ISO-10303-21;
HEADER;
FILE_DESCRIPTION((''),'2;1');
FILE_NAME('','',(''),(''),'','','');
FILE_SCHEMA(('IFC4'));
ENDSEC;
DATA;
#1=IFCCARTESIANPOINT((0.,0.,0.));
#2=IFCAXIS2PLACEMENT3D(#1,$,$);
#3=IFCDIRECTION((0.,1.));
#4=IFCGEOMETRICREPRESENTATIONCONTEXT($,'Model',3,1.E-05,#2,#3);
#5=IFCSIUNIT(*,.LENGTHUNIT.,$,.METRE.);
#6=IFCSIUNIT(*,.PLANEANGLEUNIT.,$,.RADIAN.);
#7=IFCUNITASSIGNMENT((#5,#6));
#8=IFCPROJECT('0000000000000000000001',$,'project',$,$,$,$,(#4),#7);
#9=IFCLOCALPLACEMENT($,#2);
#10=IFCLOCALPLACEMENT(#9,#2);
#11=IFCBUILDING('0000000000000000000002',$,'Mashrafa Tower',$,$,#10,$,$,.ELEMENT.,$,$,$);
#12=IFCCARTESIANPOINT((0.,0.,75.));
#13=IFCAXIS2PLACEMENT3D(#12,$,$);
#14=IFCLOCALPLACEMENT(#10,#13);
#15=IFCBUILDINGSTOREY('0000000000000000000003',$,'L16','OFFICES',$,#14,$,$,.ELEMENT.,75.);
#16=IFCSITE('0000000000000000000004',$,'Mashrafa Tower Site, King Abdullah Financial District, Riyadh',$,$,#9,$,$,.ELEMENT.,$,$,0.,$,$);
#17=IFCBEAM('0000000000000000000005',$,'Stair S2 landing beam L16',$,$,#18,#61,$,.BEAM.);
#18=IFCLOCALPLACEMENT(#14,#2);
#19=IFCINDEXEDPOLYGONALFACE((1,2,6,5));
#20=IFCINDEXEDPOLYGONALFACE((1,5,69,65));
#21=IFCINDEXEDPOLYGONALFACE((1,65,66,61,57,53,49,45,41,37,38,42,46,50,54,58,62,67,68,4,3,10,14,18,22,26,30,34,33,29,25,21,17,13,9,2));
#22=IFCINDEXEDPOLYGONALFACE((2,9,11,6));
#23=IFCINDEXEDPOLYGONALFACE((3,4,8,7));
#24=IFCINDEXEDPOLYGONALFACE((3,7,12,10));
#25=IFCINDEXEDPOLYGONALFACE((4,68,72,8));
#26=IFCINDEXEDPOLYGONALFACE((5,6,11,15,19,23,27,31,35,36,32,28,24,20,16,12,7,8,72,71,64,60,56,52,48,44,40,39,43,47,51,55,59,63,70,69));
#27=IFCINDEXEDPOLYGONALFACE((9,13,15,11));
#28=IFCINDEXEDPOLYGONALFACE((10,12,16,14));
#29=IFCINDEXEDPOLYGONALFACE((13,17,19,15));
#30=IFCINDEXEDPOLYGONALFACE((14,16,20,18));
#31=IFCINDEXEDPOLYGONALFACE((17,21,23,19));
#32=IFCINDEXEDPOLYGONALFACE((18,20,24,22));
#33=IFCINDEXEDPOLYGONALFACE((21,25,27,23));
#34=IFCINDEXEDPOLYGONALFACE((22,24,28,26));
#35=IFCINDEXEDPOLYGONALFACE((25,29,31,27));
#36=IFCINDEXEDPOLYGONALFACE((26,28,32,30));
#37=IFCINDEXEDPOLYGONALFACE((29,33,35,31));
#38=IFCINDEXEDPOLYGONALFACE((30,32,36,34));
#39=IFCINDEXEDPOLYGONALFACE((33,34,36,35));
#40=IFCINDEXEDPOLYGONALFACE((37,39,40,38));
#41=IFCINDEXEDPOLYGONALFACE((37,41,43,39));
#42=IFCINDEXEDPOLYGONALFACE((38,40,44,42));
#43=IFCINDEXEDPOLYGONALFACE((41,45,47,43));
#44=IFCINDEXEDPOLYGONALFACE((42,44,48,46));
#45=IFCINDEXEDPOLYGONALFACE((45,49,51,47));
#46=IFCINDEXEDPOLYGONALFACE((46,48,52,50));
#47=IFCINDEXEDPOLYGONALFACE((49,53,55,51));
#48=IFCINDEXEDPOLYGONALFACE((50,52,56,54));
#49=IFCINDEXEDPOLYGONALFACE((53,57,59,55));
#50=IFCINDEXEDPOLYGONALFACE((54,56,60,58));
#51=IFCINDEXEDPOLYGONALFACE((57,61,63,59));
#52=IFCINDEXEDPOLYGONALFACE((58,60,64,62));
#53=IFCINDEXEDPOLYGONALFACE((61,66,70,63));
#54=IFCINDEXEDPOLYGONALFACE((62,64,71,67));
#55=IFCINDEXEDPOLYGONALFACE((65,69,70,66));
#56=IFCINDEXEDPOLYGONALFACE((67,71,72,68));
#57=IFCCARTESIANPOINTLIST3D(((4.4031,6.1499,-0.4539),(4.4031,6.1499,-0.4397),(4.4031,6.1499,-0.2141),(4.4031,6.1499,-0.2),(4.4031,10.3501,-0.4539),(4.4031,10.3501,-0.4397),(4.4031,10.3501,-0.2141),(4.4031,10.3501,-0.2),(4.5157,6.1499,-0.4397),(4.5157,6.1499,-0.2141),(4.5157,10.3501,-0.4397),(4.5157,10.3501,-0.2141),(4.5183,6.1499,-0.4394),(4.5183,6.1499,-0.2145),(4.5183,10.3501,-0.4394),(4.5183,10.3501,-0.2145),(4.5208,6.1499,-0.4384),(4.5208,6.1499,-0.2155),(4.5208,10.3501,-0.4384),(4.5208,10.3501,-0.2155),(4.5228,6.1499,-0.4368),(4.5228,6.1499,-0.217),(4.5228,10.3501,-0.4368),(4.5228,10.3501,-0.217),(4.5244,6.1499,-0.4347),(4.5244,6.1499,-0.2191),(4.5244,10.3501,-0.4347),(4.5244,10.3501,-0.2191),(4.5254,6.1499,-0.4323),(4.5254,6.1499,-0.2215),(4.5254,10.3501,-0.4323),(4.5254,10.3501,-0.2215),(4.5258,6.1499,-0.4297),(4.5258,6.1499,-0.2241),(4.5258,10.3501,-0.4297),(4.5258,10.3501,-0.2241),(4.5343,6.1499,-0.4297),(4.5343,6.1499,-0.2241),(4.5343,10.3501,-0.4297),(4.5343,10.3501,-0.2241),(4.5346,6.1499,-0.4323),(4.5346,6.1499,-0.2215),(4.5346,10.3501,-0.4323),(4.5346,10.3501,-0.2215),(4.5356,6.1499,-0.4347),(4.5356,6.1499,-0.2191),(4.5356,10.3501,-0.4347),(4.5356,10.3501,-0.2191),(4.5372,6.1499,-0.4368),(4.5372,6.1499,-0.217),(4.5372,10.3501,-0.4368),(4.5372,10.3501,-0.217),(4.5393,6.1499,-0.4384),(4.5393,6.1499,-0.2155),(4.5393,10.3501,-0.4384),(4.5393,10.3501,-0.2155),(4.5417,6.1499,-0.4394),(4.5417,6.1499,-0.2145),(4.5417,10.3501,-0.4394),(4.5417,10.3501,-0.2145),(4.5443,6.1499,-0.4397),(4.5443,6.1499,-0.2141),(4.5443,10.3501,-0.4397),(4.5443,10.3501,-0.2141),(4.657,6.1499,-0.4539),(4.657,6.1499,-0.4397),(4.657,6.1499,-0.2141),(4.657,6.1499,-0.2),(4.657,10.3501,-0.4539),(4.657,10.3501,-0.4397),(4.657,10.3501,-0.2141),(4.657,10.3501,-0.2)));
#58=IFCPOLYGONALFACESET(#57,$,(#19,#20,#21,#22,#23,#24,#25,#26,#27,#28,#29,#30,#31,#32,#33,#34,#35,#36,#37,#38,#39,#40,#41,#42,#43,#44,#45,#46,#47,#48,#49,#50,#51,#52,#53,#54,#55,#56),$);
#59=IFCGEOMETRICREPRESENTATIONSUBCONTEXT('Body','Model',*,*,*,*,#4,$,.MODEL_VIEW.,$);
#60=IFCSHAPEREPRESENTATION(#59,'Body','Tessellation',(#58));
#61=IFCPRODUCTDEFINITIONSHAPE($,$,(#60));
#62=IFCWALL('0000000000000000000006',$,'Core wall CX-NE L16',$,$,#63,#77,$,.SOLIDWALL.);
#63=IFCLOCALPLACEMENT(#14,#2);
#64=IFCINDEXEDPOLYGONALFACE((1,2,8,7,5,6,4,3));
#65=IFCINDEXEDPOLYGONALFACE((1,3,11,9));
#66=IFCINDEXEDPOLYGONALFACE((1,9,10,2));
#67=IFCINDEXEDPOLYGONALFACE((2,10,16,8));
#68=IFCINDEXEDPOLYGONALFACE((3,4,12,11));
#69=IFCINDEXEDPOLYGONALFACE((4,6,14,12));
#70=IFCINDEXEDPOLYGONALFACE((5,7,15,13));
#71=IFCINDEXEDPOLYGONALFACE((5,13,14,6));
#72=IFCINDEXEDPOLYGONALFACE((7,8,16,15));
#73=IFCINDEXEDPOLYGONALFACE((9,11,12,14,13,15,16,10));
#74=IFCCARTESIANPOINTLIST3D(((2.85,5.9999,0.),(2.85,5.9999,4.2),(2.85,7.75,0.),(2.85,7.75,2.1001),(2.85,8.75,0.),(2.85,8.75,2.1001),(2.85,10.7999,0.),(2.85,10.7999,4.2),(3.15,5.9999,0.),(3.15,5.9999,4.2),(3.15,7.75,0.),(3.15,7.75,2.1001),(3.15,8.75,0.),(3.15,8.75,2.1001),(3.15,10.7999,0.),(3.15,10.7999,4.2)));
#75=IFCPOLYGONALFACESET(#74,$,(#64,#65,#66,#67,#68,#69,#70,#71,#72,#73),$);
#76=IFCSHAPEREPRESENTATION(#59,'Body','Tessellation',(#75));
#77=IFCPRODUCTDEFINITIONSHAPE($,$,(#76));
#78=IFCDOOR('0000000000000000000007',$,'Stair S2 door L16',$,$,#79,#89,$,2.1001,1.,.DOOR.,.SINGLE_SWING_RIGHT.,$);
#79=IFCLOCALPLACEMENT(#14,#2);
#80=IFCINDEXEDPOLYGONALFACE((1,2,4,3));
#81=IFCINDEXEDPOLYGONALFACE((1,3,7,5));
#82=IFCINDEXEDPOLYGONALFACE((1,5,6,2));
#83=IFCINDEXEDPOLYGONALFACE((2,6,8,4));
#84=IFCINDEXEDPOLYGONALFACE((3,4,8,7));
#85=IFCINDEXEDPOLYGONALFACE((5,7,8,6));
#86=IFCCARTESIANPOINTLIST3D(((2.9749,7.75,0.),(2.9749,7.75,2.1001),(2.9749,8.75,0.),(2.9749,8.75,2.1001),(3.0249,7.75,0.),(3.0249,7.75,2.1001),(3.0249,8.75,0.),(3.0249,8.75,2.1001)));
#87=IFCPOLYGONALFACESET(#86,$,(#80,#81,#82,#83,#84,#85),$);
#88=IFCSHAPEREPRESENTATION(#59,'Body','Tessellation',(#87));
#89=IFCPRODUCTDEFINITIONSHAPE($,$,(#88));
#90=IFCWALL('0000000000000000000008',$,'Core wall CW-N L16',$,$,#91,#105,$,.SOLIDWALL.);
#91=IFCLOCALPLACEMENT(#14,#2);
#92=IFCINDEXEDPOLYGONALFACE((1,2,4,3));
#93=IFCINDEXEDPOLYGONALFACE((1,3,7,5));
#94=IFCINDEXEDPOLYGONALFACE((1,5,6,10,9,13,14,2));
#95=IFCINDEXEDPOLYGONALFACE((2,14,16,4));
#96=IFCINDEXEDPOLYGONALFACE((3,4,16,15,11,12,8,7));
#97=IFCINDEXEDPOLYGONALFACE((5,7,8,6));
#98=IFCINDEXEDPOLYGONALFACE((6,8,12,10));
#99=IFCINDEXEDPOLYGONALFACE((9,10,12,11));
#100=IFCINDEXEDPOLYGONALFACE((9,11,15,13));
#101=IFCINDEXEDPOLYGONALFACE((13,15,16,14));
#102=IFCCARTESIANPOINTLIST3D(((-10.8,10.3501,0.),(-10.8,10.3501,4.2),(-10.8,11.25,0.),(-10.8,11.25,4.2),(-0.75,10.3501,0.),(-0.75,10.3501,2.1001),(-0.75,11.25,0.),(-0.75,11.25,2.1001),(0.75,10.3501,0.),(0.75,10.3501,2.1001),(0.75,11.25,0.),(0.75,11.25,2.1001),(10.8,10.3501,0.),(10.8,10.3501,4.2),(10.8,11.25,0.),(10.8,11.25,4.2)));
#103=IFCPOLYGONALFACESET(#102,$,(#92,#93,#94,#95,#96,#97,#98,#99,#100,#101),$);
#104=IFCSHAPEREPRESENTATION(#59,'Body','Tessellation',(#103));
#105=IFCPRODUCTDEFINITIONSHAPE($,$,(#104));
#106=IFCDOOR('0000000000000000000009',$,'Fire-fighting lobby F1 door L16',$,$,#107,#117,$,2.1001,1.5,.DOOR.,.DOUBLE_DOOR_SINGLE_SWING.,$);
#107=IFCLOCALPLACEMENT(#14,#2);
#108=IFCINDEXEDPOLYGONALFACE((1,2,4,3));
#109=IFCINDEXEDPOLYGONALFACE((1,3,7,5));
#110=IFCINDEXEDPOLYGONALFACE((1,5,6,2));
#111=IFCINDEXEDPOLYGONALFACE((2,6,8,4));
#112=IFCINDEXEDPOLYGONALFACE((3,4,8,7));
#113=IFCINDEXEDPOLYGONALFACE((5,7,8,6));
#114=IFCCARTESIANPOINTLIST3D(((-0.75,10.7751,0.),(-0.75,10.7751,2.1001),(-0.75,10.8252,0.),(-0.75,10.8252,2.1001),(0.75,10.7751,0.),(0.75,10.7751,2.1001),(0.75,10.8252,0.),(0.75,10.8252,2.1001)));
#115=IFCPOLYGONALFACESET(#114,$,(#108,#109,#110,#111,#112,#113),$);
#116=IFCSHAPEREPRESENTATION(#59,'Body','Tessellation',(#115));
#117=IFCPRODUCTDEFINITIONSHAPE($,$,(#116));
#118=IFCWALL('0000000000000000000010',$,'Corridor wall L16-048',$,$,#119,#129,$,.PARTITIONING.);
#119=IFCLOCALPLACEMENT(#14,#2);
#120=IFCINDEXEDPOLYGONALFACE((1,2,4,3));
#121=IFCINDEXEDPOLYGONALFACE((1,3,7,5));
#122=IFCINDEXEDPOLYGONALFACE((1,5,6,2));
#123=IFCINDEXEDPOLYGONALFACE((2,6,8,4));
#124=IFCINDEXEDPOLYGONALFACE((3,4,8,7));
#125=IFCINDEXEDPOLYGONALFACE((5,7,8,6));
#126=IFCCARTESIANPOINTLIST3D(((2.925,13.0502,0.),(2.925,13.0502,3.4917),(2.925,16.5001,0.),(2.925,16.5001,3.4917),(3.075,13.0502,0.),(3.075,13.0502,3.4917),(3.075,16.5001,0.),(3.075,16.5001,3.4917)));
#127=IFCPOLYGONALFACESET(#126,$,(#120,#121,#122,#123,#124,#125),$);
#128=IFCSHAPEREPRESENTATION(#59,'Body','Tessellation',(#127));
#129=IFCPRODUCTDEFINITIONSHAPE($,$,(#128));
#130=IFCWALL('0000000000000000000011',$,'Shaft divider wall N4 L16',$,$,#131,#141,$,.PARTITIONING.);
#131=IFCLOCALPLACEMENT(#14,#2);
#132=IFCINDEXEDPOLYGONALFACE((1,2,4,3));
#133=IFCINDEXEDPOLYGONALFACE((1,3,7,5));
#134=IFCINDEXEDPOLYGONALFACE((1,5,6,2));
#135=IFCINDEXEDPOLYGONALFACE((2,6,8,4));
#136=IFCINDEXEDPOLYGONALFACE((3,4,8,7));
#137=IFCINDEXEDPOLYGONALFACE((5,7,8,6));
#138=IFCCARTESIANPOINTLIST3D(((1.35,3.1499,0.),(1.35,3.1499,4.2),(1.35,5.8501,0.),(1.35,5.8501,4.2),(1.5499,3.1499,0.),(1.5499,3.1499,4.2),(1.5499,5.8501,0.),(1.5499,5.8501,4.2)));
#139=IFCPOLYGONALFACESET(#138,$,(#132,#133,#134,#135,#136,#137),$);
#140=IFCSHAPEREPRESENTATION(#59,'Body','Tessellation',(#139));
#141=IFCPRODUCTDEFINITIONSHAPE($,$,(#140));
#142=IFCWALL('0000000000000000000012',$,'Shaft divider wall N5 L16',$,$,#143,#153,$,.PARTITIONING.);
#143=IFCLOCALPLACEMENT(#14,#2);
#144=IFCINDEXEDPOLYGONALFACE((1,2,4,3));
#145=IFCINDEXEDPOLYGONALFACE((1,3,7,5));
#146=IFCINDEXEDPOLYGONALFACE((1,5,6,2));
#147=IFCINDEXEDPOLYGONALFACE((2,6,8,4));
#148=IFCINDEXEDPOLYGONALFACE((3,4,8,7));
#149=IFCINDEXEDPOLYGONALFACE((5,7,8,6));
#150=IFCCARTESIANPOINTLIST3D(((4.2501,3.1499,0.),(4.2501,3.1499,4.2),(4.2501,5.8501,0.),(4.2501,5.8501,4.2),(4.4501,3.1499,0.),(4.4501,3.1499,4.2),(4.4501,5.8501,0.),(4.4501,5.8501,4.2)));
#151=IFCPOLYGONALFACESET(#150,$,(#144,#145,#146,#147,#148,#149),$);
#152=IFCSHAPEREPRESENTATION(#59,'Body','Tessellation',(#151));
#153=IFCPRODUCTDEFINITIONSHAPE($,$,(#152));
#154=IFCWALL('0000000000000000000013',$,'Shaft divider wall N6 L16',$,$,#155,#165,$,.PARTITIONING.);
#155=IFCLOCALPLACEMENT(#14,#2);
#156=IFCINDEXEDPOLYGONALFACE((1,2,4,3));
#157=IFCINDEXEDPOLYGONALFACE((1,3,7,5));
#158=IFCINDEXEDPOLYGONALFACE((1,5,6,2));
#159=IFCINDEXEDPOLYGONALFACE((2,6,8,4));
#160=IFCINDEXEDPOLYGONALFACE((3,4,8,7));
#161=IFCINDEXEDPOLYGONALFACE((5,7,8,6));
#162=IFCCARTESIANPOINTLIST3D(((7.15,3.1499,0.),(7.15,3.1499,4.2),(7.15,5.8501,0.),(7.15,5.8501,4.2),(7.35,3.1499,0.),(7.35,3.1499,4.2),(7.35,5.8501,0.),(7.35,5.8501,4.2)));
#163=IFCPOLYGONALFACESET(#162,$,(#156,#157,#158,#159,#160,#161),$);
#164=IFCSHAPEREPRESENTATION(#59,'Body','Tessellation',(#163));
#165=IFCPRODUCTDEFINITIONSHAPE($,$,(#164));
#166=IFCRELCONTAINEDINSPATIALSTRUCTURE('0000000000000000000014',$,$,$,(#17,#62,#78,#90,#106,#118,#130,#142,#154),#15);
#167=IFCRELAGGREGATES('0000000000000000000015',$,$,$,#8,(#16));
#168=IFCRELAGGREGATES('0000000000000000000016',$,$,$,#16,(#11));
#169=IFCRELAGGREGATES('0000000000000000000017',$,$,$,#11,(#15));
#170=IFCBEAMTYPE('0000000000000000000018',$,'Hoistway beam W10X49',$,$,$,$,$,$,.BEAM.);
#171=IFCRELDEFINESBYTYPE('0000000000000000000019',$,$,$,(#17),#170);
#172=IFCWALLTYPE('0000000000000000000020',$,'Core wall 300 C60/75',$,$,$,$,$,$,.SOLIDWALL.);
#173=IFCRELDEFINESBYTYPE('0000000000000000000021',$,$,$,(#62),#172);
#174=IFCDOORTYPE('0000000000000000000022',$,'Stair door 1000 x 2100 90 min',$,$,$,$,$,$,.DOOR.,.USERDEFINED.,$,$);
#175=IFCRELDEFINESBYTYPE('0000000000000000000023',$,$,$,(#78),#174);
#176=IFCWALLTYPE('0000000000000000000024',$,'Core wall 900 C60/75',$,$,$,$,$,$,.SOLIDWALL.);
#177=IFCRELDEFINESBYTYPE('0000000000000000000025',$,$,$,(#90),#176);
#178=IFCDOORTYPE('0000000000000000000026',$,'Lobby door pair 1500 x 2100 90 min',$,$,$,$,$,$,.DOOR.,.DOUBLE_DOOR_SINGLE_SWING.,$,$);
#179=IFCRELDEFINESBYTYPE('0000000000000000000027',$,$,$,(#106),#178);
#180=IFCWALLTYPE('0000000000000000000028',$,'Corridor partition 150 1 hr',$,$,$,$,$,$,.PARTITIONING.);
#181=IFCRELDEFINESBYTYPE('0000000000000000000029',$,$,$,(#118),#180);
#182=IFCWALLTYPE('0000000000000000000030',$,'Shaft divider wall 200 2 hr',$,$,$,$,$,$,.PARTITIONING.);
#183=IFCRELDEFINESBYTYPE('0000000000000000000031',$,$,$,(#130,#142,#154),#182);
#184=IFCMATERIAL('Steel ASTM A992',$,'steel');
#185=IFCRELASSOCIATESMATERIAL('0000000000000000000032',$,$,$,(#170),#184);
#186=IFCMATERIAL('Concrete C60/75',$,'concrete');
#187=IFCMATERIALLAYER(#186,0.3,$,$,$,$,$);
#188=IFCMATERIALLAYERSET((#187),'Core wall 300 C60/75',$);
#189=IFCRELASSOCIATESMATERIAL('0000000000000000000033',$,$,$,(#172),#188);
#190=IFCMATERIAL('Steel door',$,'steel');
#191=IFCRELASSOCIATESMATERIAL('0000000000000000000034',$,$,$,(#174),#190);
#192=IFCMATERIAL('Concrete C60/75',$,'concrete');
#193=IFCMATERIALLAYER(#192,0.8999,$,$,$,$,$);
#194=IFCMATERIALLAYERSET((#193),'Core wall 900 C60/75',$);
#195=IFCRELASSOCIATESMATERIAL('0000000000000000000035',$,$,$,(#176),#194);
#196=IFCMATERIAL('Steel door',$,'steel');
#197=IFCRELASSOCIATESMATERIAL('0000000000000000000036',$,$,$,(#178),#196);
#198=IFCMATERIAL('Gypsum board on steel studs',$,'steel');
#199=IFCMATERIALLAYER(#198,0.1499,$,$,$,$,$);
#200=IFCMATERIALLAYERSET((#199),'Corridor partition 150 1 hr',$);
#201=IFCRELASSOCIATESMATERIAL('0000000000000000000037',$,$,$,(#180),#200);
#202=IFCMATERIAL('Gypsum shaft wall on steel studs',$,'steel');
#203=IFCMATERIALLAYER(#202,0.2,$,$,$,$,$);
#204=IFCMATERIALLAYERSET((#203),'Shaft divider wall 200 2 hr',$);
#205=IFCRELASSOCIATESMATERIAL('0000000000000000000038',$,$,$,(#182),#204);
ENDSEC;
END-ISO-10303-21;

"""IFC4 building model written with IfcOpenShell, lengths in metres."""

from ifc_helpers import new_model, si_unit, direction, frame, frame_2d, origin, origin_2d, place, context, subcontext, project, spatial, rectangle, i_section, extrude, material, layer, layer_set, material_profile, profile_set, type_object, element, fill, save


model = new_model("IFC4")

# Units and contexts
model_context = context("Model", 3, precision=1e-05, world=origin(), true_north=direction((0.0, 1.0)))
body_context = subcontext(model_context, "Body", "Model", "MODEL_VIEW")
ifc_project = project(units=[si_unit("LENGTHUNIT", "METRE"), si_unit("PLANEANGLEUNIT", "RADIAN")], contexts=[model_context])

# Site, building, storey
site_placement = place(None, origin())
site = spatial("IfcSite", under=ifc_project, at=site_placement, Name="Mashrafa Tower Site, King Abdullah Financial District, Riyadh", CompositionType="ELEMENT", RefElevation=0.0)
building_placement = place(site_placement, origin())
building = spatial("IfcBuilding", under=site, at=building_placement, Name="Mashrafa Tower", CompositionType="ELEMENT")
storey_placement = place(building_placement, frame((0.0, 0.0, 75.0)))
storey = spatial("IfcBuildingStorey", under=building, at=storey_placement, Name="L16", Description="OFFICES", CompositionType="ELEMENT", Elevation=75.0)

# Beam
ifc_material_1 = material(Name="Steel ASTM A992", Category="steel")
ifc_material_profile_1 = material_profile(ifc_material_1, i_section(OverallWidth=0.2539, OverallDepth=0.2539, WebThickness=0.0085, FlangeThickness=0.0142, FilletRadius=0.01, at=origin_2d()), Name="W10X49")
ifc_profile_set_1 = profile_set([ifc_material_profile_1], Name="Steel ASTM A992")
beam_type_1 = type_object("IfcBeamType", Name="Hoistway beam W10X49", PredefinedType="BEAM", material=ifc_profile_set_1)
beam_1_placement = place(storey_placement, frame((4.53, 6.1499, -0.3269), z_axis=(0.0, 1.0, 0.0), x_axis=(-1.0, 0.0, 0.0)))
element("IfcBeam", 1, at=beam_1_placement, inside=storey, type_object=beam_type_1, Name="Stair S2 landing beam L16", PredefinedType="BEAM", context=body_context, shape_type="SweptSolid", body=[
    extrude(i_section(OverallWidth=0.2539, OverallDepth=0.2539, WebThickness=0.0085, FlangeThickness=0.0142, FilletRadius=0.01, at=origin_2d()), origin(), (0.0, 0.0, 1.0), 4.2002),
])

# Walls, openings, doors
ifc_material_2 = material(Name="Concrete C60/75", Category="concrete")
ifc_layer_1 = layer(ifc_material_2, 0.3)
ifc_layer_set_1 = layer_set([ifc_layer_1], Name="Core wall 300 C60/75")
wall_type_1 = type_object("IfcWallType", Name="Core wall 300 C60/75", PredefinedType="SOLIDWALL", material=ifc_layer_set_1)
wall_1_placement = place(storey_placement, frame((3.0, 6.0, 0.0), z_axis=(0.0, 0.0, 1.0), x_axis=(0.0, 1.0, 0.0)))
wall_1 = element("IfcWall", 2, at=wall_1_placement, inside=storey, type_object=wall_type_1, Name="Core wall CX-NE L16", PredefinedType="SOLIDWALL", context=body_context, shape_type="SweptSolid", body=[
    extrude(rectangle(XDim=4.8, YDim=0.3, at=frame_2d((2.3999, 0.0))), origin(), (0.0, 0.0, 1.0), 4.2),
])
opening_1_placement = place(wall_1_placement, frame((1.75, 0.0, 0.0)))
opening_1 = element("IfcOpeningElement", 3, at=opening_1_placement, cuts=wall_1, PredefinedType="OPENING", context=body_context, shape_type="SweptSolid", body=[
    extrude(rectangle(XDim=1.0, YDim=2.1001, at=frame_2d((0.5, 1.05))), frame((0.0, 0.1599, 0.0), z_axis=(0.0, -1.0, 0.0), x_axis=(1.0, 0.0, 0.0)), (0.0, 0.0, 1.0), 0.3201),
])
ifc_material_3 = material(Name="Steel door", Category="steel")
door_type_1 = type_object("IfcDoorType", Name="Stair door 1000 x 2100 90 min", OperationType="USERDEFINED", PredefinedType="DOOR", material=ifc_material_3)
door_1_placement = place(opening_1_placement, frame((1.0, 0.0, 0.0), z_axis=(0.0, 0.0, 1.0), x_axis=(-1.0, 0.0, 0.0)))
door_1 = element("IfcDoor", 4, at=door_1_placement, inside=storey, type_object=door_type_1, Name="Stair S2 door L16", OperationType="SINGLE_SWING_RIGHT", OverallHeight=2.1001, OverallWidth=1.0, PredefinedType="DOOR", context=body_context, shape_type="SweptSolid", body=[
    extrude(rectangle(XDim=1.0, YDim=2.1001, at=frame_2d((0.5, 1.05))), frame((0.0, 0.0249, 0.0), z_axis=(0.0, -1.0, 0.0), x_axis=(1.0, 0.0, 0.0)), (0.0, 0.0, 1.0), 0.05),
])
fill(opening_1, door_1)
ifc_material_4 = material(Name="Concrete C60/75", Category="concrete")
ifc_layer_2 = layer(ifc_material_4, 0.8999)
ifc_layer_set_2 = layer_set([ifc_layer_2], Name="Core wall 900 C60/75")
wall_type_2 = type_object("IfcWallType", Name="Core wall 900 C60/75", PredefinedType="SOLIDWALL", material=ifc_layer_set_2)
wall_2_placement = place(storey_placement, frame((10.8, 10.8, 0.0), z_axis=(0.0, 0.0, 1.0), x_axis=(-1.0, 0.0, 0.0)))
wall_2 = element("IfcWall", 5, at=wall_2_placement, inside=storey, type_object=wall_type_2, Name="Core wall CW-N L16", PredefinedType="SOLIDWALL", context=body_context, shape_type="SweptSolid", body=[
    extrude(rectangle(XDim=21.6001, YDim=0.8999, at=frame_2d((10.8, 0.0))), origin(), (0.0, 0.0, 1.0), 4.2),
])
opening_2_placement = place(wall_2_placement, frame((10.05, 0.0, 0.0)))
opening_2 = element("IfcOpeningElement", 6, at=opening_2_placement, cuts=wall_2, PredefinedType="OPENING", context=body_context, shape_type="SweptSolid", body=[
    extrude(rectangle(XDim=1.5, YDim=2.1001, at=frame_2d((0.75, 1.05))), frame((0.0, 0.46, 0.0), z_axis=(0.0, -1.0, 0.0), x_axis=(1.0, 0.0, 0.0)), (0.0, 0.0, 1.0), 0.9199),
])
ifc_material_5 = material(Name="Steel door", Category="steel")
door_type_2 = type_object("IfcDoorType", Name="Lobby door pair 1500 x 2100 90 min", OperationType="DOUBLE_DOOR_SINGLE_SWING", PredefinedType="DOOR", material=ifc_material_5)
door_2_placement = place(opening_2_placement, origin())
door_2 = element("IfcDoor", 7, at=door_2_placement, inside=storey, type_object=door_type_2, Name="Fire-fighting lobby F1 door L16", OperationType="DOUBLE_DOOR_SINGLE_SWING", OverallHeight=2.1001, OverallWidth=1.5, PredefinedType="DOOR", context=body_context, shape_type="SweptSolid", body=[
    extrude(rectangle(XDim=1.5, YDim=2.1001, at=frame_2d((0.75, 1.05))), frame((0.0, 0.0249, 0.0), z_axis=(0.0, -1.0, 0.0), x_axis=(1.0, 0.0, 0.0)), (0.0, 0.0, 1.0), 0.05),
])
fill(opening_2, door_2)
ifc_material_6 = material(Name="Gypsum board on steel studs", Category="steel")
ifc_layer_3 = layer(ifc_material_6, 0.1499)
ifc_layer_set_3 = layer_set([ifc_layer_3], Name="Corridor partition 150 1 hr")
wall_type_3 = type_object("IfcWallType", Name="Corridor partition 150 1 hr", PredefinedType="PARTITIONING", material=ifc_layer_set_3)

# Walls
wall_3_placement = place(storey_placement, frame((3.0, 13.05, 0.0), z_axis=(0.0, 0.0, 1.0), x_axis=(0.0, 1.0, 0.0)))
element("IfcWall", 8, at=wall_3_placement, inside=storey, type_object=wall_type_3, Name="Corridor wall L16-048", PredefinedType="PARTITIONING", context=body_context, shape_type="SweptSolid", body=[
    extrude(rectangle(XDim=3.45, YDim=0.1499, at=frame_2d((1.7251, 0.0))), origin(), (0.0, 0.0, 1.0), 3.4917),
])
ifc_material_7 = material(Name="Gypsum shaft wall on steel studs", Category="steel")
ifc_layer_4 = layer(ifc_material_7, 0.2)
ifc_layer_set_4 = layer_set([ifc_layer_4], Name="Shaft divider wall 200 2 hr")
wall_type_4 = type_object("IfcWallType", Name="Shaft divider wall 200 2 hr", PredefinedType="PARTITIONING", material=ifc_layer_set_4)
for number, where, z_axis, x_axis, name in (
    (9, (1.45, 3.1499, 0.0), (0.0, 0.0, 1.0), (0.0, 1.0, 0.0), "Shaft divider wall N4 L16"),
    (10, (4.3501, 3.1499, 0.0), (0.0, 0.0, 1.0), (0.0, 1.0, 0.0), "Shaft divider wall N5 L16"),
    (11, (7.25, 3.1499, 0.0), (0.0, 0.0, 1.0), (0.0, 1.0, 0.0), "Shaft divider wall N6 L16"),
):
    element("IfcWall", number, at=place(storey_placement, frame(where, z_axis=z_axis, x_axis=x_axis)), inside=storey, type_object=wall_type_4, Name=name, PredefinedType="PARTITIONING", context=body_context, shape_type="SweptSolid", body=[
        extrude(rectangle(XDim=2.7002, YDim=0.2, at=frame_2d((1.3501, 0.0))), origin(), (0.0, 0.0, 1.0), 4.2),
    ])

save(model, "model.ifc")
